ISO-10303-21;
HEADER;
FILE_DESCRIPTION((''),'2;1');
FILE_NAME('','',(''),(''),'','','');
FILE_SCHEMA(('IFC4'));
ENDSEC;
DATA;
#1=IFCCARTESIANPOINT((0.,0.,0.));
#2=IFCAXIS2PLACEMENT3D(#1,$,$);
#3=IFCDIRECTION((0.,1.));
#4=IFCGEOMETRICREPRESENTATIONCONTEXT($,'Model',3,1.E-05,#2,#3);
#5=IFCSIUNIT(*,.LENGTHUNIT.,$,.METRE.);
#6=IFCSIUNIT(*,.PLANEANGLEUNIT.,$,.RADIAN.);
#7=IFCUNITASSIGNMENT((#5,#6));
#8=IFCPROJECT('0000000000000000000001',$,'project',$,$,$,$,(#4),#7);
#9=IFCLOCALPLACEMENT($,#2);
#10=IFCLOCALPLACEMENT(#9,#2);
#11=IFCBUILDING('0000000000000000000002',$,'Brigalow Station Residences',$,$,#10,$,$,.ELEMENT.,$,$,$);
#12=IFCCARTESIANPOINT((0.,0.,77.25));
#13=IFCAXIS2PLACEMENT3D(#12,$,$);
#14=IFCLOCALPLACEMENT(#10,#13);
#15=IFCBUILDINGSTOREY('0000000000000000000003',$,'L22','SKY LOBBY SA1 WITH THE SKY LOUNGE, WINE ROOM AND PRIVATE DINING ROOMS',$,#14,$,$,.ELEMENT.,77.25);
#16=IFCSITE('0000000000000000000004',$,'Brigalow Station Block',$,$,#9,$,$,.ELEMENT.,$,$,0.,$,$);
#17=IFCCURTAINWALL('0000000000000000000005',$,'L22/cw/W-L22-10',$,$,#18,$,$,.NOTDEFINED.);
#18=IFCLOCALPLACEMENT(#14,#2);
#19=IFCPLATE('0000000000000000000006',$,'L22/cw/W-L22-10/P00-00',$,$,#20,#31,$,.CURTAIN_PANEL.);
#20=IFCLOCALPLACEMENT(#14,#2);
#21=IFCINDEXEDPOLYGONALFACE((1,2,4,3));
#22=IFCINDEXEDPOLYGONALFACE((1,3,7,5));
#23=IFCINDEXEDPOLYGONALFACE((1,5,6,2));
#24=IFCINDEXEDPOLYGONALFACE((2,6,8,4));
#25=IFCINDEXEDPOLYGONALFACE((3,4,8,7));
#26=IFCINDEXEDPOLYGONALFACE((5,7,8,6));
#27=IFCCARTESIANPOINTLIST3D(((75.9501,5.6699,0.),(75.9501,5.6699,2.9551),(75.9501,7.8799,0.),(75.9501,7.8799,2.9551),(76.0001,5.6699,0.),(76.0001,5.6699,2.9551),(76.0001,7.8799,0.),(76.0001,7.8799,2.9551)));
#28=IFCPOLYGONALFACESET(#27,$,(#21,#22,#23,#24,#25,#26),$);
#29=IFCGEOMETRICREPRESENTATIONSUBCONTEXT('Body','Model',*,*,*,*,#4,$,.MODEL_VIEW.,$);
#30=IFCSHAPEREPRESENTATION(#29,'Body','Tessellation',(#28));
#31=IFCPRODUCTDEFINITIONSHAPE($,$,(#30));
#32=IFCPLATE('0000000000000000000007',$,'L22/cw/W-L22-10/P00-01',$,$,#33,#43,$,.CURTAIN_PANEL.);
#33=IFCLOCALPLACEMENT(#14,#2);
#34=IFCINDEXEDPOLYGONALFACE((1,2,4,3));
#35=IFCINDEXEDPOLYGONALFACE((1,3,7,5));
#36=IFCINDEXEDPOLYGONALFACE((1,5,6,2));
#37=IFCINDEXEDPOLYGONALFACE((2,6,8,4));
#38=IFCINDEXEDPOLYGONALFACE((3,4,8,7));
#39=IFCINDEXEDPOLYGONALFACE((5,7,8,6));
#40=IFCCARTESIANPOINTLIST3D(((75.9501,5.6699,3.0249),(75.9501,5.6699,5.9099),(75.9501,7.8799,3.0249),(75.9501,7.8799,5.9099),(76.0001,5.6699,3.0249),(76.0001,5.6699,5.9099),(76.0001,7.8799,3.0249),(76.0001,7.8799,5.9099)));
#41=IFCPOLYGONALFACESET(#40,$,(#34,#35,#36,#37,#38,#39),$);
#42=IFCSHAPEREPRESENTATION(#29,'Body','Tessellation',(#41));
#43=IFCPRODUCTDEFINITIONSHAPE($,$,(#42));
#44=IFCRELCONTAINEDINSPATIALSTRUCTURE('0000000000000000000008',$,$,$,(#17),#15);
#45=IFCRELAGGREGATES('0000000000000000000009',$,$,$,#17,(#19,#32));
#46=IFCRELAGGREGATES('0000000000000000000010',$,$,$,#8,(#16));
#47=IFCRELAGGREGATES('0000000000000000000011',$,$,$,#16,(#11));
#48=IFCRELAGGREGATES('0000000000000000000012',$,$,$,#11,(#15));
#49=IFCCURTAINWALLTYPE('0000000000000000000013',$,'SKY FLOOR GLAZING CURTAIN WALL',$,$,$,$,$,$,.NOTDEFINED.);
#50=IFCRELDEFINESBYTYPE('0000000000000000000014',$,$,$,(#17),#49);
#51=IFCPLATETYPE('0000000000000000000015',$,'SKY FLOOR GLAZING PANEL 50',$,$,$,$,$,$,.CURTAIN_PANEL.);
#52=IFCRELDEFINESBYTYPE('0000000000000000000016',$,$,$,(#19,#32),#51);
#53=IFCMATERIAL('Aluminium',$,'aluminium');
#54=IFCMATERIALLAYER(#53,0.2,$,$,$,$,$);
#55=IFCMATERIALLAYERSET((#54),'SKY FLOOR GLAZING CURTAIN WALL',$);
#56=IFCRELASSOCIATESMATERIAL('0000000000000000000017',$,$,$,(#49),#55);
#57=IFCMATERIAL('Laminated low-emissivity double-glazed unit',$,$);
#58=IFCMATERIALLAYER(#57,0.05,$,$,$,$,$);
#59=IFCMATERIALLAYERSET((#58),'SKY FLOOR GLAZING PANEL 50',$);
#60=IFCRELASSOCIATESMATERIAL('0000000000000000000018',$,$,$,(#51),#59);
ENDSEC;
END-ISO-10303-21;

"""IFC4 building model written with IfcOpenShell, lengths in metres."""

from ifc_helpers import new_model, si_unit, direction, frame, origin, origin_2d, place, context, subcontext, project, spatial, rectangle, extrude, material, layer, layer_set, type_object, element, aggregate, save


model = new_model("IFC4")

# Units and contexts
model_context = context("Model", 3, precision=1e-05, world=origin(), true_north=direction((0.0, 1.0)))
body_context = subcontext(model_context, "Body", "Model", "MODEL_VIEW")
ifc_project = project(units=[si_unit("LENGTHUNIT", "METRE"), si_unit("PLANEANGLEUNIT", "RADIAN")], contexts=[model_context])

# Site, building, storey
site_placement = place(None, origin())
site = spatial("IfcSite", under=ifc_project, at=site_placement, Name="Brigalow Station Block", CompositionType="ELEMENT", RefElevation=0.0)
building_placement = place(site_placement, origin())
building = spatial("IfcBuilding", under=site, at=building_placement, Name="Brigalow Station Residences", CompositionType="ELEMENT")
storey_placement = place(building_placement, frame((0.0, 0.0, 77.25)))
storey = spatial("IfcBuildingStorey", under=building, at=storey_placement, Name="L22", Description="SKY LOBBY SA1 WITH THE SKY LOUNGE, WINE ROOM AND PRIVATE DINING ROOMS", CompositionType="ELEMENT", Elevation=77.25)

# Shared definitions
ifc_material_1 = material(Name="Aluminium", Category="aluminium")
ifc_layer_1 = layer(ifc_material_1, 0.2)
ifc_layer_set_1 = layer_set([ifc_layer_1], Name="SKY FLOOR GLAZING CURTAIN WALL")
curtain_wall_type = type_object("IfcCurtainWallType", Name="SKY FLOOR GLAZING CURTAIN WALL", PredefinedType="NOTDEFINED", material=ifc_layer_set_1)

# Curtain wall
curtain_wall_1_placement = place(storey_placement, origin())
curtain_wall_1 = element("IfcCurtainWall", 1, at=curtain_wall_1_placement, inside=storey, type_object=curtain_wall_type, Name="L22/cw/W-L22-10", PredefinedType="NOTDEFINED")

# Plates
ifc_material_2 = material(Name="Laminated low-emissivity double-glazed unit")
ifc_layer_2 = layer(ifc_material_2, 0.05)
ifc_layer_set_2 = layer_set([ifc_layer_2], Name="SKY FLOOR GLAZING PANEL 50")
plate_type = type_object("IfcPlateType", Name="SKY FLOOR GLAZING PANEL 50", PredefinedType="CURTAIN_PANEL", material=ifc_layer_set_2)
plate_1_placement = place(storey_placement, frame((75.9751, 6.7749, 0.0), z_axis=(0.0, 0.0, 1.0), x_axis=(0.0, 1.0, 0.0)))
plate_1 = element("IfcPlate", 2, at=plate_1_placement, type_object=plate_type, Name="L22/cw/W-L22-10/P00-00", PredefinedType="CURTAIN_PANEL", context=body_context, shape_type="SweptSolid", body=[
    extrude(rectangle(XDim=2.21, YDim=0.05, at=origin_2d()), origin(), (0.0, 0.0, 1.0), 2.9551),
])
plate_2_placement = place(storey_placement, frame((75.9751, 6.7749, 3.0249), z_axis=(0.0, 0.0, 1.0), x_axis=(0.0, 1.0, 0.0)))
plate_2 = element("IfcPlate", 3, at=plate_2_placement, type_object=plate_type, Name="L22/cw/W-L22-10/P00-01", PredefinedType="CURTAIN_PANEL", context=body_context, shape_type="SweptSolid", body=[
    extrude(rectangle(XDim=2.21, YDim=0.05, at=origin_2d()), origin(), (0.0, 0.0, 1.0), 2.885),
])
aggregate(curtain_wall_1, [plate_1, plate_2])

save(model, "model.ifc")
